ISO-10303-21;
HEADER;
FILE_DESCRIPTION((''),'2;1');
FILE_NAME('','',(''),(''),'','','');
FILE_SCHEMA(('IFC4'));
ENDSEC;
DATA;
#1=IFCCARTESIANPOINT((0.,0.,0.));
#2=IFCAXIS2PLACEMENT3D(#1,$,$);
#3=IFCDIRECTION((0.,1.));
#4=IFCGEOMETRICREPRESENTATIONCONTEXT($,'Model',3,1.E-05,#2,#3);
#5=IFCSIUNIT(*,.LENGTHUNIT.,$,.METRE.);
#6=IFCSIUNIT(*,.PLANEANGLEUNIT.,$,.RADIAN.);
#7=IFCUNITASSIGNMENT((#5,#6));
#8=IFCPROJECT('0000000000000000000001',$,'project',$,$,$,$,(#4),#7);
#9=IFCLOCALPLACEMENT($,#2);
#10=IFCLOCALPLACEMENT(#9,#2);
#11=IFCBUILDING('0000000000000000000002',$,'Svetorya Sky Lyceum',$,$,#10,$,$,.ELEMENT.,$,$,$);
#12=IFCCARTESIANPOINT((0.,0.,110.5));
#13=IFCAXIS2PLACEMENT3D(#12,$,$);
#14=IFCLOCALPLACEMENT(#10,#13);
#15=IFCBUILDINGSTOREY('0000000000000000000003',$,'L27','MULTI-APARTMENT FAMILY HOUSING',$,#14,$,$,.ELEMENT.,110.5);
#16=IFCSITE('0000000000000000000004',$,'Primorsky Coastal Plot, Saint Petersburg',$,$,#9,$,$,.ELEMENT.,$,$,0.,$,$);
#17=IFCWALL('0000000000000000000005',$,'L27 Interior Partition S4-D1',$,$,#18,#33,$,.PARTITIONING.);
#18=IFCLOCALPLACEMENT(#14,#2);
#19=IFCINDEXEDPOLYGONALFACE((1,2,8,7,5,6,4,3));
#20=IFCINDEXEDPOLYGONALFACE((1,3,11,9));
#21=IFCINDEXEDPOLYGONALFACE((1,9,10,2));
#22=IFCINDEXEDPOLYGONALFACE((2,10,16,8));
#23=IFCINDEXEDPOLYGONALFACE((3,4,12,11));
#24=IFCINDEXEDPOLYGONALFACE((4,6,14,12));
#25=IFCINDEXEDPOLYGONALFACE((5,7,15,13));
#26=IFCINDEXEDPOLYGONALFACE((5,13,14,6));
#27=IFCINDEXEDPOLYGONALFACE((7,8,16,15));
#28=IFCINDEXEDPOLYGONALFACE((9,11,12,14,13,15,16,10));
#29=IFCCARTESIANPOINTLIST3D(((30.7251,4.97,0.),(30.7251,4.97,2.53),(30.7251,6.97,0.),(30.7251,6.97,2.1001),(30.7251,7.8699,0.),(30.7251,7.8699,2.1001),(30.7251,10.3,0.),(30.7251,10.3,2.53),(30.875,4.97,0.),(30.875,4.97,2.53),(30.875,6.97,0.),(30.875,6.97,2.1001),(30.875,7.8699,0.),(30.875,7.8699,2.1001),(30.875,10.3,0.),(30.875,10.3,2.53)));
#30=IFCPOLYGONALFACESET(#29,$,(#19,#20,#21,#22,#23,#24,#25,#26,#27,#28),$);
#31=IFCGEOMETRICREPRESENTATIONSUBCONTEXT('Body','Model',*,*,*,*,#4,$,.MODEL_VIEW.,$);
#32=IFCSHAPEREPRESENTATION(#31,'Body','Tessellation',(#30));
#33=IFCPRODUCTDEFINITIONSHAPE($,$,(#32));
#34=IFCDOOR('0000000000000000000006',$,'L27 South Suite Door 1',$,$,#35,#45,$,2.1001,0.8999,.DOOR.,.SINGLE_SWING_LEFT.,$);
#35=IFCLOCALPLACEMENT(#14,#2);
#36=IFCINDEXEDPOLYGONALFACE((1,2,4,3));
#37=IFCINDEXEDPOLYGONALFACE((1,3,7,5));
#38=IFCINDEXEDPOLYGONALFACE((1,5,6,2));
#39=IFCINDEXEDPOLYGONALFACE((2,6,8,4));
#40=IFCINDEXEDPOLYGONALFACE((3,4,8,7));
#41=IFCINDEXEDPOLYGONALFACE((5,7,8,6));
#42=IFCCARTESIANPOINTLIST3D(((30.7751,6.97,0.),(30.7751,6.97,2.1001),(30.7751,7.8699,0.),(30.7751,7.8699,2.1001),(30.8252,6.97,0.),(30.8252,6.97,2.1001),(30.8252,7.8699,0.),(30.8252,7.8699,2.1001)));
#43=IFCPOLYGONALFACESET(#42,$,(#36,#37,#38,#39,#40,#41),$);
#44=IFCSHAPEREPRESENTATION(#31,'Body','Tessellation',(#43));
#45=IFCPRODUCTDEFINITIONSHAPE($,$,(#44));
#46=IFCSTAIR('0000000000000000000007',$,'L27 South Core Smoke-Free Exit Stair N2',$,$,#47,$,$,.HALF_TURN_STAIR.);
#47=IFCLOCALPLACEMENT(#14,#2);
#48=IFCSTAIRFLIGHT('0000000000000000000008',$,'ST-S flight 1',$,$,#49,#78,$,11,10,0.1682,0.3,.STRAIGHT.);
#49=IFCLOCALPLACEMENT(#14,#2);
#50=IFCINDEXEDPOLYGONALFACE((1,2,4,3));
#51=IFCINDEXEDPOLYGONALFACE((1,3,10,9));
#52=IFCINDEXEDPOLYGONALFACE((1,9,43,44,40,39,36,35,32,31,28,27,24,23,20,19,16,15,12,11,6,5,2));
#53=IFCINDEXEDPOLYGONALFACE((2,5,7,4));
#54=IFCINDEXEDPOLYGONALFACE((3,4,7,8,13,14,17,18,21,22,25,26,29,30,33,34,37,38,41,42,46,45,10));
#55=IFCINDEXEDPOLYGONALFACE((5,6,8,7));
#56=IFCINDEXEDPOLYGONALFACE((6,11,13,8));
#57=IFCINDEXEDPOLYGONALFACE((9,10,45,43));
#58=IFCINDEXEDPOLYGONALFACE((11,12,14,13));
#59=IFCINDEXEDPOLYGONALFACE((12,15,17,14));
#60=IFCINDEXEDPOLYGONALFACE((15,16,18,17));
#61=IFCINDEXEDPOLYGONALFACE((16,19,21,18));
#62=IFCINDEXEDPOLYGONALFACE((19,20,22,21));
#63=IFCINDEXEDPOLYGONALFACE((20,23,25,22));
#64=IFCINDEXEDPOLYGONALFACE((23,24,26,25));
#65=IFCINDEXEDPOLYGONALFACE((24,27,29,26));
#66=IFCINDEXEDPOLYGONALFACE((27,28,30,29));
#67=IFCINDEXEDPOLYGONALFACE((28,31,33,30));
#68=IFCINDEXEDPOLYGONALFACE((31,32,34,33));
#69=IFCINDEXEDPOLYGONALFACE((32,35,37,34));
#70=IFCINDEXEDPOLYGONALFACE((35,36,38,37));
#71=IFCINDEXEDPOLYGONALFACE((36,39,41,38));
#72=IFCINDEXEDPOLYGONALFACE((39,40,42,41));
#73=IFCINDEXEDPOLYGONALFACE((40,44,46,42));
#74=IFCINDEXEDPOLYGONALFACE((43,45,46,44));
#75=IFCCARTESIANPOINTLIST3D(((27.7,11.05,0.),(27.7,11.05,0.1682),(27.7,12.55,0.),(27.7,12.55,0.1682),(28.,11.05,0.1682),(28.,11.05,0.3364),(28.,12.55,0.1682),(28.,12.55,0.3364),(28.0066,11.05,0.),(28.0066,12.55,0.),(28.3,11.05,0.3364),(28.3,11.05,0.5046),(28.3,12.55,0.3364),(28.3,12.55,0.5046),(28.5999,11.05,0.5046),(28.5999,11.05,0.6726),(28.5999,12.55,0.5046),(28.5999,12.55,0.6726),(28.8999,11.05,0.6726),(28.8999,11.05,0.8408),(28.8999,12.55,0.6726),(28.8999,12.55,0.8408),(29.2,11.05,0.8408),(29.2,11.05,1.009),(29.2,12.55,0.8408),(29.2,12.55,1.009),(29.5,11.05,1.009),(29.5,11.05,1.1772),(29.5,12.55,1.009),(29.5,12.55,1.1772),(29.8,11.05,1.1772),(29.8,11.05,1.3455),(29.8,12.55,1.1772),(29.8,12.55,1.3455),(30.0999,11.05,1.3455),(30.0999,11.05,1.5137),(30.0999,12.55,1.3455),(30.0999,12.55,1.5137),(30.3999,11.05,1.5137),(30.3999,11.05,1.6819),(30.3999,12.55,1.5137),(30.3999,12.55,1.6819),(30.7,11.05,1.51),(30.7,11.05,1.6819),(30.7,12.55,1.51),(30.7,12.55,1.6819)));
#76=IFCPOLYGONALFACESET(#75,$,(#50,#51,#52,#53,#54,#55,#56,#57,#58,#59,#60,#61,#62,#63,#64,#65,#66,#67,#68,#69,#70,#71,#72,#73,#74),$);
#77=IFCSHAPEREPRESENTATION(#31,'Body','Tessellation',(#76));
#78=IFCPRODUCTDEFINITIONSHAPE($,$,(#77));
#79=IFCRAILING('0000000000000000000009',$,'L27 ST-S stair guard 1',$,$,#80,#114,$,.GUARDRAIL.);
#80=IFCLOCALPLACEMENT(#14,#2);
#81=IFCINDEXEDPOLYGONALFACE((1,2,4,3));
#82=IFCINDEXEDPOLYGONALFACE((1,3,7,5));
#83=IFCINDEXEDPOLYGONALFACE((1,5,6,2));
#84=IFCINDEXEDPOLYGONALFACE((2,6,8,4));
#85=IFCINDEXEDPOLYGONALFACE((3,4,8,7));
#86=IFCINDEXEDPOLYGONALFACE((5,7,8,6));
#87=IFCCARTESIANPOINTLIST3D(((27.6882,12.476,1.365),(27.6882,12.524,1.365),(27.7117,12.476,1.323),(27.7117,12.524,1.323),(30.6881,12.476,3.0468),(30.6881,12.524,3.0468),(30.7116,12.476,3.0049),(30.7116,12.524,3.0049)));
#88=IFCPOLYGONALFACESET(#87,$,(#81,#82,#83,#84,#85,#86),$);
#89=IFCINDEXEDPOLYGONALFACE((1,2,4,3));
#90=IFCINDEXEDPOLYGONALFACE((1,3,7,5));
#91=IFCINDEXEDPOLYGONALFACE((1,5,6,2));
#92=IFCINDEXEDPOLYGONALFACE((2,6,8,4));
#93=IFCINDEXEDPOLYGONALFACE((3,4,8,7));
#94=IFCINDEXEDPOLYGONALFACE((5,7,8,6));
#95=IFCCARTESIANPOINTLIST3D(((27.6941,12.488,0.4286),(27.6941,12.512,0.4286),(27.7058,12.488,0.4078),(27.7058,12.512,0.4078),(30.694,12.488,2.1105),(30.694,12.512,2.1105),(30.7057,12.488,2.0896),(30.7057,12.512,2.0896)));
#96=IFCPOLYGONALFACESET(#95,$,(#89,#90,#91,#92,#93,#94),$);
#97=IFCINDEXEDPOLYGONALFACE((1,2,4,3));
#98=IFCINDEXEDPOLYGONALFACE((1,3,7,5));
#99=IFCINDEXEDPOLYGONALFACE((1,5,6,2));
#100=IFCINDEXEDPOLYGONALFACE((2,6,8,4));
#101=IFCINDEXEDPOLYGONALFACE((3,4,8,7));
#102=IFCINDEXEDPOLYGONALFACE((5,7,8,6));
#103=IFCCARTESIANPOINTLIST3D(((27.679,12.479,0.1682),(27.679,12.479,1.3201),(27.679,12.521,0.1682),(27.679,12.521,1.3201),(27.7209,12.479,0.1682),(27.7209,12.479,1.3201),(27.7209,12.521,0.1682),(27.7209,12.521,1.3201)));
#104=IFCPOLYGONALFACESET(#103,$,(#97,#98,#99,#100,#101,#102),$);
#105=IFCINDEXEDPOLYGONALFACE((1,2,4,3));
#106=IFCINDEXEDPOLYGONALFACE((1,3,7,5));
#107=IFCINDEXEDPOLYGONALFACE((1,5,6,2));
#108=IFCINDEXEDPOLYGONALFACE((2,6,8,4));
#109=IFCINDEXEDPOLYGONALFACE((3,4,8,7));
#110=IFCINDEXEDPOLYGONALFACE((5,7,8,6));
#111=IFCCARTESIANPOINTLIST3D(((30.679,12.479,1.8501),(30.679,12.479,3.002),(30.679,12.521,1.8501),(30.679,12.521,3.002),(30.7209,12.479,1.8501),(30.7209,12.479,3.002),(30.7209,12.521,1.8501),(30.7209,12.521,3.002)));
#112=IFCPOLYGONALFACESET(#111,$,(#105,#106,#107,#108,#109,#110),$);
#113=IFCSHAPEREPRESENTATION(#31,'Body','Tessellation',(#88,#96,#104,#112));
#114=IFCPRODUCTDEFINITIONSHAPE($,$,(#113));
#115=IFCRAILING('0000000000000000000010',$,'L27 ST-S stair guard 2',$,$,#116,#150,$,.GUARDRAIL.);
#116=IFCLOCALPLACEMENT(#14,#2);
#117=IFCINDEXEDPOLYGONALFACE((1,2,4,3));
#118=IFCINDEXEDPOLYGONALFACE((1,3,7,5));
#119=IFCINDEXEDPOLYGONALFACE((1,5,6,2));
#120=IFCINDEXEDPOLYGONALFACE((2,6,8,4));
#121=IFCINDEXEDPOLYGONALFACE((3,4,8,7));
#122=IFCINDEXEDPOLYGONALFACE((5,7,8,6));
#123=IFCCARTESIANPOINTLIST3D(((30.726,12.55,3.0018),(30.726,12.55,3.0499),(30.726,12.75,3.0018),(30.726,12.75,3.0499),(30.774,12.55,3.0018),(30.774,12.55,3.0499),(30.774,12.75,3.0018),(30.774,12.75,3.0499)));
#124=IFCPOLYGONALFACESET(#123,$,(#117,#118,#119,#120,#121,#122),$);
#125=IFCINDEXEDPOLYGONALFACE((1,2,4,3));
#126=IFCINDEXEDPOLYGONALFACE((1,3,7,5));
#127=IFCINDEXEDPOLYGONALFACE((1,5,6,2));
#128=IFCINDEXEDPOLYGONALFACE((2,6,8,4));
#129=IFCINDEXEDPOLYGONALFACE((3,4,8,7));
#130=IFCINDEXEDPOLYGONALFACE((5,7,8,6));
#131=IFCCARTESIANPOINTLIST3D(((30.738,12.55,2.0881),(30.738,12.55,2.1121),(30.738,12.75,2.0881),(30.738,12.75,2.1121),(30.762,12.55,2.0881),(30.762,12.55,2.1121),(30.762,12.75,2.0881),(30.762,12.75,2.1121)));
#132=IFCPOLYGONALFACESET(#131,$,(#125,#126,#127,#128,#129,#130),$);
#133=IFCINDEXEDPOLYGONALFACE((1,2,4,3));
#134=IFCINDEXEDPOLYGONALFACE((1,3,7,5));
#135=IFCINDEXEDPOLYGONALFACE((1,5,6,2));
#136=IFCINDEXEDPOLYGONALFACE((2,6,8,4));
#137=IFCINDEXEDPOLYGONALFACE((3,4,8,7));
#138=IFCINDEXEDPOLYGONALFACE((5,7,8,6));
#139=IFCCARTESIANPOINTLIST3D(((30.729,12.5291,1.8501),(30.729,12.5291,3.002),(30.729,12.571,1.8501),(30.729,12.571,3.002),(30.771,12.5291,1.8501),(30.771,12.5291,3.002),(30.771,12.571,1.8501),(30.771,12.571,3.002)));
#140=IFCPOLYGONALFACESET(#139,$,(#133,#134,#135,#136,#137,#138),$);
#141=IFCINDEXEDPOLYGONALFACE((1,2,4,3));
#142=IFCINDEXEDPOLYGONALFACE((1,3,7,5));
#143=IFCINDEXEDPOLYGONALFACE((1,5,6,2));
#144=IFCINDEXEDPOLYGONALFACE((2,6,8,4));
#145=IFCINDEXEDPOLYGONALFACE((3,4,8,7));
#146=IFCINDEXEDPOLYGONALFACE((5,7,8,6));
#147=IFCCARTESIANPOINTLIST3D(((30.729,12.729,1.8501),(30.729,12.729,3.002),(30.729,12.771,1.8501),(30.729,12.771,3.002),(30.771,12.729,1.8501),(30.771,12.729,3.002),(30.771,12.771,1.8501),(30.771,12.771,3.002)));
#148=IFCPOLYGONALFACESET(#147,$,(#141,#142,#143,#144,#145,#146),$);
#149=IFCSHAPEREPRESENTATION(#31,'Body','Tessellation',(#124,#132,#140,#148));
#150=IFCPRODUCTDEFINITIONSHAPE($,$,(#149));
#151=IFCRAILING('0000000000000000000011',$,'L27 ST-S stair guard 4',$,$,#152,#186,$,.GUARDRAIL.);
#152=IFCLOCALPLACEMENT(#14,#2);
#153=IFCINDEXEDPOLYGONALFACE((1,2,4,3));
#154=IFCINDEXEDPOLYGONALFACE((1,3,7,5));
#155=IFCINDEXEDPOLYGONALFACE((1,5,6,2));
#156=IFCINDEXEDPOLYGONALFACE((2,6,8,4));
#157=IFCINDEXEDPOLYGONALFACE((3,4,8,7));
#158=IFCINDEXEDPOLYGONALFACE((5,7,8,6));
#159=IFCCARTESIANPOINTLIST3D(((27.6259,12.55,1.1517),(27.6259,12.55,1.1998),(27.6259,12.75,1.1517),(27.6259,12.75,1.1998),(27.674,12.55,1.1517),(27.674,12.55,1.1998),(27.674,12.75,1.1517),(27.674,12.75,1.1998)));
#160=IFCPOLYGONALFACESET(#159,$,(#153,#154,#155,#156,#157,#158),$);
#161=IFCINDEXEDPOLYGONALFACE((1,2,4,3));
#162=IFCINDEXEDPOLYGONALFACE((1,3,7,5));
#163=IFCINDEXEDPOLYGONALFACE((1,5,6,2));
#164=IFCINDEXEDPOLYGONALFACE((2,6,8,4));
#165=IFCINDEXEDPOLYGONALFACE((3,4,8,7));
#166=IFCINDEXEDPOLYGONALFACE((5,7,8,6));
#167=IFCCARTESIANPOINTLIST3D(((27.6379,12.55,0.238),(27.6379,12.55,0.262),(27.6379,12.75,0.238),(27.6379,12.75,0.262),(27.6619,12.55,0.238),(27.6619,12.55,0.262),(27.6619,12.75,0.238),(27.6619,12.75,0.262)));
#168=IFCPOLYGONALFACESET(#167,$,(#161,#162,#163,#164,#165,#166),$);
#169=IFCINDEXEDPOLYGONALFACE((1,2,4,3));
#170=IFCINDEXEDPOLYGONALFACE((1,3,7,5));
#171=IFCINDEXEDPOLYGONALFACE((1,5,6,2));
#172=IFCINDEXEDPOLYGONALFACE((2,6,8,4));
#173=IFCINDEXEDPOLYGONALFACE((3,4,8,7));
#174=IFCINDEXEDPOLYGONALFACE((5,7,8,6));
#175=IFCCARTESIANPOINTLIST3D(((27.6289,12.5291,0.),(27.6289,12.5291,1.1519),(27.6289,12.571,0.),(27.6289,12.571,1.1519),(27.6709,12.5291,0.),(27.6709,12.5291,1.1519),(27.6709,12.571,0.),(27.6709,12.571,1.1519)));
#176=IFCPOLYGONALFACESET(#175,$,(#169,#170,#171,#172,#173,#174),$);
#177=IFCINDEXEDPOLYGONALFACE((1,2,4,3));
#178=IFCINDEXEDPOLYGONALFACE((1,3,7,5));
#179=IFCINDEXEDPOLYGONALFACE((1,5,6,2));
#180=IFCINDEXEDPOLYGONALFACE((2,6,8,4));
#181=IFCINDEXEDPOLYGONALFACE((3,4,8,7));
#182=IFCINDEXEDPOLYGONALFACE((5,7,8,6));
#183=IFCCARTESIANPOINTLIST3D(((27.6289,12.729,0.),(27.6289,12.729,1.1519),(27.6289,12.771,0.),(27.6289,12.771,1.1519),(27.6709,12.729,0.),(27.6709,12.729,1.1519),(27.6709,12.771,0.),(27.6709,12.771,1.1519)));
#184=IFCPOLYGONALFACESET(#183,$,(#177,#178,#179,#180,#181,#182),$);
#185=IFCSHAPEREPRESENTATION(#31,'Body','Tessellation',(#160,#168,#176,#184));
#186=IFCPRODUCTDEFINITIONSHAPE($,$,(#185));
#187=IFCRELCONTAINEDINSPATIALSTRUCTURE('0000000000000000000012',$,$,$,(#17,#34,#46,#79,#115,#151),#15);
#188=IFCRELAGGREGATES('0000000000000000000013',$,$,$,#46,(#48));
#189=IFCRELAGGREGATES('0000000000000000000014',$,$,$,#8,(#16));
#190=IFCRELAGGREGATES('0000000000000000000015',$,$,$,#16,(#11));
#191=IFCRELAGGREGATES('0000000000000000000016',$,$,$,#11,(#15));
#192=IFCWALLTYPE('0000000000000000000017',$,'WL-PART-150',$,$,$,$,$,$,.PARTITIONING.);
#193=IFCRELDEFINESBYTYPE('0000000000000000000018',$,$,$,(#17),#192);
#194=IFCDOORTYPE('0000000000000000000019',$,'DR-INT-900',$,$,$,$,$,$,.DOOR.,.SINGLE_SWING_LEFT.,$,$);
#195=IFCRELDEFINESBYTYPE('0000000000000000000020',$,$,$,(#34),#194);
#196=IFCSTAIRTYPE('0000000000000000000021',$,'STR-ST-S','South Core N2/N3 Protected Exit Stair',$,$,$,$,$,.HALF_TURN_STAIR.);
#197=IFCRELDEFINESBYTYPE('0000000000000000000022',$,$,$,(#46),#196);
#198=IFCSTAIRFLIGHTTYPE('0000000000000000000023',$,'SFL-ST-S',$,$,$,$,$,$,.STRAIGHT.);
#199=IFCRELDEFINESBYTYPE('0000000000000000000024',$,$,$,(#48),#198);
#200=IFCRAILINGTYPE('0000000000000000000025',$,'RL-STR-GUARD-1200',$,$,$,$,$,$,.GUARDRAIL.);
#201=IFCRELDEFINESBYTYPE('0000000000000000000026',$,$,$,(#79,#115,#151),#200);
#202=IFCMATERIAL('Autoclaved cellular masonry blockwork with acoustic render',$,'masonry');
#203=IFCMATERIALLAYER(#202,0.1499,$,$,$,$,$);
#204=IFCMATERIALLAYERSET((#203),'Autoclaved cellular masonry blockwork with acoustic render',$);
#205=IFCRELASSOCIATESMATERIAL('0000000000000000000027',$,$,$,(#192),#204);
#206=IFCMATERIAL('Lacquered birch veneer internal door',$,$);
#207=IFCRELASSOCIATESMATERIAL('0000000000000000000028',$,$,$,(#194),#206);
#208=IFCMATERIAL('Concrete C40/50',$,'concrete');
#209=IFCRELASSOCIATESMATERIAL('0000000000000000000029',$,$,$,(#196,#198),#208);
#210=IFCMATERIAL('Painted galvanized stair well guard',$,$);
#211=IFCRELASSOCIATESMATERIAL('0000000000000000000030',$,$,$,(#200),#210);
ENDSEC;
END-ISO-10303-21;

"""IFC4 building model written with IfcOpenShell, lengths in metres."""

from ifc_helpers import new_model, si_unit, direction, frame, frame_2d, origin, origin_2d, place, context, subcontext, project, spatial, polyline, rectangle, outline, extrude, material, layer, layer_set, type_object, element, fill, aggregate, save


model = new_model("IFC4")

# Units and contexts
model_context = context("Model", 3, precision=1e-05, world=origin(), true_north=direction((0.0, 1.0)))
body_context = subcontext(model_context, "Body", "Model", "MODEL_VIEW")
ifc_project = project(units=[si_unit("LENGTHUNIT", "METRE"), si_unit("PLANEANGLEUNIT", "RADIAN")], contexts=[model_context])

# Site, building, storey
site_placement = place(None, origin())
site = spatial("IfcSite", under=ifc_project, at=site_placement, Name="Primorsky Coastal Plot, Saint Petersburg", CompositionType="ELEMENT", RefElevation=0.0)
building_placement = place(site_placement, origin())
building = spatial("IfcBuilding", under=site, at=building_placement, Name="Svetorya Sky Lyceum", CompositionType="ELEMENT")
storey_placement = place(building_placement, frame((0.0, 0.0, 110.5)))
storey = spatial("IfcBuildingStorey", under=building, at=storey_placement, Name="L27", Description="MULTI-APARTMENT FAMILY HOUSING", CompositionType="ELEMENT", Elevation=110.5)

# Shared definitions
ifc_material_1 = material(Name="Concrete C40/50", Category="concrete")

# Wall, opening, door
ifc_material_2 = material(Name="Autoclaved cellular masonry blockwork with acoustic render", Category="masonry")
ifc_layer_1 = layer(ifc_material_2, 0.1499)
ifc_layer_set_1 = layer_set([ifc_layer_1], Name="Autoclaved cellular masonry blockwork with acoustic render")
wall_type_1 = type_object("IfcWallType", Name="WL-PART-150", PredefinedType="PARTITIONING", material=ifc_layer_set_1)
wall_1_placement = place(storey_placement, frame((30.8, 4.97, 0.0), z_axis=(0.0, 0.0, 1.0), x_axis=(0.0, 1.0, 0.0)))
wall_1 = element("IfcWall", 1, at=wall_1_placement, inside=storey, type_object=wall_type_1, Name="L27 Interior Partition S4-D1", PredefinedType="PARTITIONING", context=body_context, shape_type="SweptSolid", body=[
    extrude(rectangle(XDim=5.3301, YDim=0.1499, at=frame_2d((2.665, 0.0))), origin(), (0.0, 0.0, 1.0), 2.53),
])
opening_placement = place(wall_1_placement, frame((2.0, 0.0, 0.0)))
opening = element("IfcOpeningElement", 2, at=opening_placement, cuts=wall_1, PredefinedType="OPENING", context=body_context, shape_type="SweptSolid", body=[
    extrude(rectangle(XDim=0.8999, YDim=2.1001, at=frame_2d((0.45, 1.05))), frame((0.0, 0.085, 0.0), z_axis=(0.0, -1.0, 0.0), x_axis=(1.0, 0.0, 0.0)), (0.0, 0.0, 1.0), 0.1699),
])
ifc_material_3 = material(Name="Lacquered birch veneer internal door")
door_type = type_object("IfcDoorType", Name="DR-INT-900", OperationType="SINGLE_SWING_LEFT", PredefinedType="DOOR", material=ifc_material_3)
door_placement = place(opening_placement, origin())
door = element("IfcDoor", 3, at=door_placement, inside=storey, type_object=door_type, Name="L27 South Suite Door 1", OperationType="SINGLE_SWING_LEFT", OverallHeight=2.1001, OverallWidth=0.8999, PredefinedType="DOOR", context=body_context, shape_type="SweptSolid", body=[
    extrude(rectangle(XDim=0.8999, YDim=2.1001, at=frame_2d((0.45, 1.05))), frame((0.0, 0.0249, 0.0), z_axis=(0.0, -1.0, 0.0), x_axis=(1.0, 0.0, 0.0)), (0.0, 0.0, 1.0), 0.05),
])
fill(opening, door)

# Stair, stair flight
stair_type = type_object("IfcStairType", Name="STR-ST-S", Description="South Core N2/N3 Protected Exit Stair", PredefinedType="HALF_TURN_STAIR", material=ifc_material_1)
stair_placement = place(storey_placement, origin())
stair = element("IfcStair", 4, at=stair_placement, inside=storey, type_object=stair_type, Name="L27 South Core Smoke-Free Exit Stair N2", PredefinedType="HALF_TURN_STAIR")
stair_flight_type = type_object("IfcStairFlightType", Name="SFL-ST-S", PredefinedType="STRAIGHT", material=ifc_material_1)
stair_flight_placement = place(storey_placement, frame((27.7, 11.8, 0.0), z_axis=(0.0, 0.0, 1.0), x_axis=(1.0, 0.0, 0.0)))
stair_flight = element("IfcStairFlight", 5, at=stair_flight_placement, type_object=stair_flight_type, Name="ST-S flight 1", NumberOfRisers=11, NumberOfTreads=10, PredefinedType="STRAIGHT", RiserHeight=0.1682, TreadLength=0.3, context=body_context, shape_type="SweptSolid", body=[
    extrude(outline(polyline([(0.0, 0.0), (0.0, 0.1682), (0.3, 0.1682), (0.3, 0.3364), (0.6001, 0.3364), (0.6001, 0.5046), (0.8999, 0.5046), (0.8999, 0.6726), (1.2, 0.6726), (1.2, 0.8408), (1.5, 0.8408), (1.5, 1.009), (1.8, 1.009), (1.8, 1.1772), (2.1001, 1.1772), (2.1001, 1.3455), (2.3999, 1.3455), (2.3999, 1.5137), (2.7, 1.5137), (2.7, 1.6819), (3.0, 1.6819), (3.0, 1.8501), (3.0, 1.51), (0.3066, 0.0), (0.0, 0.0)])), frame((0.0, 0.75, 0.0), z_axis=(0.0, -1.0, 0.0), x_axis=(1.0, 0.0, 0.0)), (0.0, 0.0, 1.0), 1.5),
])
aggregate(stair, [stair_flight])

# Railings
ifc_material_4 = material(Name="Painted galvanized stair well guard")
railing_type_1 = type_object("IfcRailingType", Name="RL-STR-GUARD-1200", PredefinedType="GUARDRAIL", material=ifc_material_4)
railing_1_placement = place(storey_placement, frame((27.7, 12.5, 0.1682)))
element("IfcRailing", 6, at=railing_1_placement, inside=storey, type_object=railing_type_1, Name="L27 ST-S stair guard 1", PredefinedType="GUARDRAIL", context=body_context, shape_type="SweptSolid", body=[
    extrude(rectangle(XDim=0.0481, YDim=0.0481, at=origin_2d()), frame((0.0, 0.0, 1.1758), z_axis=(0.872272, 0.0, 0.48902), x_axis=(0.0, 1.0, 0.0)), (0.0, 0.0, 1.0), 3.4392),
    extrude(rectangle(XDim=0.0239, YDim=0.0239, at=origin_2d()), frame((0.0, 0.0, 0.25), z_axis=(0.872272, 0.0, 0.48902), x_axis=(0.0, 1.0, 0.0)), (0.0, 0.0, 1.0), 3.4392),
    extrude(rectangle(XDim=0.042, YDim=0.042, at=origin_2d()), origin(), (0.0, 0.0, 1.0), 1.1519),
    extrude(rectangle(XDim=0.042, YDim=0.042, at=origin_2d()), frame((3.0, 0.0, 1.6819)), (0.0, 0.0, 1.0), 1.1519),
])
for number, where, name in (
    (7, (30.75, 12.55, 1.8501), "L27 ST-S stair guard 2"),
    (8, (27.6499, 12.55, 0.0), "L27 ST-S stair guard 4"),
):
    element("IfcRailing", number, at=place(storey_placement, frame(where)), inside=storey, type_object=railing_type_1, Name=name, PredefinedType="GUARDRAIL", context=body_context, shape_type="SweptSolid", body=[
        extrude(rectangle(XDim=0.0481, YDim=0.0481, at=origin_2d()), frame((0.0, 0.0, 1.1758), z_axis=(0.0, 1.0, 0.0), x_axis=(-1.0, 0.0, 0.0)), (0.0, 0.0, 1.0), 0.2),
        extrude(rectangle(XDim=0.0239, YDim=0.0239, at=origin_2d()), frame((0.0, 0.0, 0.25), z_axis=(0.0, 1.0, 0.0), x_axis=(-1.0, 0.0, 0.0)), (0.0, 0.0, 1.0), 0.2),
        extrude(rectangle(XDim=0.042, YDim=0.042, at=origin_2d()), origin(), (0.0, 0.0, 1.0), 1.1519),
        extrude(rectangle(XDim=0.042, YDim=0.042, at=origin_2d()), frame((0.0, 0.2, 0.0)), (0.0, 0.0, 1.0), 1.1519),
    ])

save(model, "model.ifc")
